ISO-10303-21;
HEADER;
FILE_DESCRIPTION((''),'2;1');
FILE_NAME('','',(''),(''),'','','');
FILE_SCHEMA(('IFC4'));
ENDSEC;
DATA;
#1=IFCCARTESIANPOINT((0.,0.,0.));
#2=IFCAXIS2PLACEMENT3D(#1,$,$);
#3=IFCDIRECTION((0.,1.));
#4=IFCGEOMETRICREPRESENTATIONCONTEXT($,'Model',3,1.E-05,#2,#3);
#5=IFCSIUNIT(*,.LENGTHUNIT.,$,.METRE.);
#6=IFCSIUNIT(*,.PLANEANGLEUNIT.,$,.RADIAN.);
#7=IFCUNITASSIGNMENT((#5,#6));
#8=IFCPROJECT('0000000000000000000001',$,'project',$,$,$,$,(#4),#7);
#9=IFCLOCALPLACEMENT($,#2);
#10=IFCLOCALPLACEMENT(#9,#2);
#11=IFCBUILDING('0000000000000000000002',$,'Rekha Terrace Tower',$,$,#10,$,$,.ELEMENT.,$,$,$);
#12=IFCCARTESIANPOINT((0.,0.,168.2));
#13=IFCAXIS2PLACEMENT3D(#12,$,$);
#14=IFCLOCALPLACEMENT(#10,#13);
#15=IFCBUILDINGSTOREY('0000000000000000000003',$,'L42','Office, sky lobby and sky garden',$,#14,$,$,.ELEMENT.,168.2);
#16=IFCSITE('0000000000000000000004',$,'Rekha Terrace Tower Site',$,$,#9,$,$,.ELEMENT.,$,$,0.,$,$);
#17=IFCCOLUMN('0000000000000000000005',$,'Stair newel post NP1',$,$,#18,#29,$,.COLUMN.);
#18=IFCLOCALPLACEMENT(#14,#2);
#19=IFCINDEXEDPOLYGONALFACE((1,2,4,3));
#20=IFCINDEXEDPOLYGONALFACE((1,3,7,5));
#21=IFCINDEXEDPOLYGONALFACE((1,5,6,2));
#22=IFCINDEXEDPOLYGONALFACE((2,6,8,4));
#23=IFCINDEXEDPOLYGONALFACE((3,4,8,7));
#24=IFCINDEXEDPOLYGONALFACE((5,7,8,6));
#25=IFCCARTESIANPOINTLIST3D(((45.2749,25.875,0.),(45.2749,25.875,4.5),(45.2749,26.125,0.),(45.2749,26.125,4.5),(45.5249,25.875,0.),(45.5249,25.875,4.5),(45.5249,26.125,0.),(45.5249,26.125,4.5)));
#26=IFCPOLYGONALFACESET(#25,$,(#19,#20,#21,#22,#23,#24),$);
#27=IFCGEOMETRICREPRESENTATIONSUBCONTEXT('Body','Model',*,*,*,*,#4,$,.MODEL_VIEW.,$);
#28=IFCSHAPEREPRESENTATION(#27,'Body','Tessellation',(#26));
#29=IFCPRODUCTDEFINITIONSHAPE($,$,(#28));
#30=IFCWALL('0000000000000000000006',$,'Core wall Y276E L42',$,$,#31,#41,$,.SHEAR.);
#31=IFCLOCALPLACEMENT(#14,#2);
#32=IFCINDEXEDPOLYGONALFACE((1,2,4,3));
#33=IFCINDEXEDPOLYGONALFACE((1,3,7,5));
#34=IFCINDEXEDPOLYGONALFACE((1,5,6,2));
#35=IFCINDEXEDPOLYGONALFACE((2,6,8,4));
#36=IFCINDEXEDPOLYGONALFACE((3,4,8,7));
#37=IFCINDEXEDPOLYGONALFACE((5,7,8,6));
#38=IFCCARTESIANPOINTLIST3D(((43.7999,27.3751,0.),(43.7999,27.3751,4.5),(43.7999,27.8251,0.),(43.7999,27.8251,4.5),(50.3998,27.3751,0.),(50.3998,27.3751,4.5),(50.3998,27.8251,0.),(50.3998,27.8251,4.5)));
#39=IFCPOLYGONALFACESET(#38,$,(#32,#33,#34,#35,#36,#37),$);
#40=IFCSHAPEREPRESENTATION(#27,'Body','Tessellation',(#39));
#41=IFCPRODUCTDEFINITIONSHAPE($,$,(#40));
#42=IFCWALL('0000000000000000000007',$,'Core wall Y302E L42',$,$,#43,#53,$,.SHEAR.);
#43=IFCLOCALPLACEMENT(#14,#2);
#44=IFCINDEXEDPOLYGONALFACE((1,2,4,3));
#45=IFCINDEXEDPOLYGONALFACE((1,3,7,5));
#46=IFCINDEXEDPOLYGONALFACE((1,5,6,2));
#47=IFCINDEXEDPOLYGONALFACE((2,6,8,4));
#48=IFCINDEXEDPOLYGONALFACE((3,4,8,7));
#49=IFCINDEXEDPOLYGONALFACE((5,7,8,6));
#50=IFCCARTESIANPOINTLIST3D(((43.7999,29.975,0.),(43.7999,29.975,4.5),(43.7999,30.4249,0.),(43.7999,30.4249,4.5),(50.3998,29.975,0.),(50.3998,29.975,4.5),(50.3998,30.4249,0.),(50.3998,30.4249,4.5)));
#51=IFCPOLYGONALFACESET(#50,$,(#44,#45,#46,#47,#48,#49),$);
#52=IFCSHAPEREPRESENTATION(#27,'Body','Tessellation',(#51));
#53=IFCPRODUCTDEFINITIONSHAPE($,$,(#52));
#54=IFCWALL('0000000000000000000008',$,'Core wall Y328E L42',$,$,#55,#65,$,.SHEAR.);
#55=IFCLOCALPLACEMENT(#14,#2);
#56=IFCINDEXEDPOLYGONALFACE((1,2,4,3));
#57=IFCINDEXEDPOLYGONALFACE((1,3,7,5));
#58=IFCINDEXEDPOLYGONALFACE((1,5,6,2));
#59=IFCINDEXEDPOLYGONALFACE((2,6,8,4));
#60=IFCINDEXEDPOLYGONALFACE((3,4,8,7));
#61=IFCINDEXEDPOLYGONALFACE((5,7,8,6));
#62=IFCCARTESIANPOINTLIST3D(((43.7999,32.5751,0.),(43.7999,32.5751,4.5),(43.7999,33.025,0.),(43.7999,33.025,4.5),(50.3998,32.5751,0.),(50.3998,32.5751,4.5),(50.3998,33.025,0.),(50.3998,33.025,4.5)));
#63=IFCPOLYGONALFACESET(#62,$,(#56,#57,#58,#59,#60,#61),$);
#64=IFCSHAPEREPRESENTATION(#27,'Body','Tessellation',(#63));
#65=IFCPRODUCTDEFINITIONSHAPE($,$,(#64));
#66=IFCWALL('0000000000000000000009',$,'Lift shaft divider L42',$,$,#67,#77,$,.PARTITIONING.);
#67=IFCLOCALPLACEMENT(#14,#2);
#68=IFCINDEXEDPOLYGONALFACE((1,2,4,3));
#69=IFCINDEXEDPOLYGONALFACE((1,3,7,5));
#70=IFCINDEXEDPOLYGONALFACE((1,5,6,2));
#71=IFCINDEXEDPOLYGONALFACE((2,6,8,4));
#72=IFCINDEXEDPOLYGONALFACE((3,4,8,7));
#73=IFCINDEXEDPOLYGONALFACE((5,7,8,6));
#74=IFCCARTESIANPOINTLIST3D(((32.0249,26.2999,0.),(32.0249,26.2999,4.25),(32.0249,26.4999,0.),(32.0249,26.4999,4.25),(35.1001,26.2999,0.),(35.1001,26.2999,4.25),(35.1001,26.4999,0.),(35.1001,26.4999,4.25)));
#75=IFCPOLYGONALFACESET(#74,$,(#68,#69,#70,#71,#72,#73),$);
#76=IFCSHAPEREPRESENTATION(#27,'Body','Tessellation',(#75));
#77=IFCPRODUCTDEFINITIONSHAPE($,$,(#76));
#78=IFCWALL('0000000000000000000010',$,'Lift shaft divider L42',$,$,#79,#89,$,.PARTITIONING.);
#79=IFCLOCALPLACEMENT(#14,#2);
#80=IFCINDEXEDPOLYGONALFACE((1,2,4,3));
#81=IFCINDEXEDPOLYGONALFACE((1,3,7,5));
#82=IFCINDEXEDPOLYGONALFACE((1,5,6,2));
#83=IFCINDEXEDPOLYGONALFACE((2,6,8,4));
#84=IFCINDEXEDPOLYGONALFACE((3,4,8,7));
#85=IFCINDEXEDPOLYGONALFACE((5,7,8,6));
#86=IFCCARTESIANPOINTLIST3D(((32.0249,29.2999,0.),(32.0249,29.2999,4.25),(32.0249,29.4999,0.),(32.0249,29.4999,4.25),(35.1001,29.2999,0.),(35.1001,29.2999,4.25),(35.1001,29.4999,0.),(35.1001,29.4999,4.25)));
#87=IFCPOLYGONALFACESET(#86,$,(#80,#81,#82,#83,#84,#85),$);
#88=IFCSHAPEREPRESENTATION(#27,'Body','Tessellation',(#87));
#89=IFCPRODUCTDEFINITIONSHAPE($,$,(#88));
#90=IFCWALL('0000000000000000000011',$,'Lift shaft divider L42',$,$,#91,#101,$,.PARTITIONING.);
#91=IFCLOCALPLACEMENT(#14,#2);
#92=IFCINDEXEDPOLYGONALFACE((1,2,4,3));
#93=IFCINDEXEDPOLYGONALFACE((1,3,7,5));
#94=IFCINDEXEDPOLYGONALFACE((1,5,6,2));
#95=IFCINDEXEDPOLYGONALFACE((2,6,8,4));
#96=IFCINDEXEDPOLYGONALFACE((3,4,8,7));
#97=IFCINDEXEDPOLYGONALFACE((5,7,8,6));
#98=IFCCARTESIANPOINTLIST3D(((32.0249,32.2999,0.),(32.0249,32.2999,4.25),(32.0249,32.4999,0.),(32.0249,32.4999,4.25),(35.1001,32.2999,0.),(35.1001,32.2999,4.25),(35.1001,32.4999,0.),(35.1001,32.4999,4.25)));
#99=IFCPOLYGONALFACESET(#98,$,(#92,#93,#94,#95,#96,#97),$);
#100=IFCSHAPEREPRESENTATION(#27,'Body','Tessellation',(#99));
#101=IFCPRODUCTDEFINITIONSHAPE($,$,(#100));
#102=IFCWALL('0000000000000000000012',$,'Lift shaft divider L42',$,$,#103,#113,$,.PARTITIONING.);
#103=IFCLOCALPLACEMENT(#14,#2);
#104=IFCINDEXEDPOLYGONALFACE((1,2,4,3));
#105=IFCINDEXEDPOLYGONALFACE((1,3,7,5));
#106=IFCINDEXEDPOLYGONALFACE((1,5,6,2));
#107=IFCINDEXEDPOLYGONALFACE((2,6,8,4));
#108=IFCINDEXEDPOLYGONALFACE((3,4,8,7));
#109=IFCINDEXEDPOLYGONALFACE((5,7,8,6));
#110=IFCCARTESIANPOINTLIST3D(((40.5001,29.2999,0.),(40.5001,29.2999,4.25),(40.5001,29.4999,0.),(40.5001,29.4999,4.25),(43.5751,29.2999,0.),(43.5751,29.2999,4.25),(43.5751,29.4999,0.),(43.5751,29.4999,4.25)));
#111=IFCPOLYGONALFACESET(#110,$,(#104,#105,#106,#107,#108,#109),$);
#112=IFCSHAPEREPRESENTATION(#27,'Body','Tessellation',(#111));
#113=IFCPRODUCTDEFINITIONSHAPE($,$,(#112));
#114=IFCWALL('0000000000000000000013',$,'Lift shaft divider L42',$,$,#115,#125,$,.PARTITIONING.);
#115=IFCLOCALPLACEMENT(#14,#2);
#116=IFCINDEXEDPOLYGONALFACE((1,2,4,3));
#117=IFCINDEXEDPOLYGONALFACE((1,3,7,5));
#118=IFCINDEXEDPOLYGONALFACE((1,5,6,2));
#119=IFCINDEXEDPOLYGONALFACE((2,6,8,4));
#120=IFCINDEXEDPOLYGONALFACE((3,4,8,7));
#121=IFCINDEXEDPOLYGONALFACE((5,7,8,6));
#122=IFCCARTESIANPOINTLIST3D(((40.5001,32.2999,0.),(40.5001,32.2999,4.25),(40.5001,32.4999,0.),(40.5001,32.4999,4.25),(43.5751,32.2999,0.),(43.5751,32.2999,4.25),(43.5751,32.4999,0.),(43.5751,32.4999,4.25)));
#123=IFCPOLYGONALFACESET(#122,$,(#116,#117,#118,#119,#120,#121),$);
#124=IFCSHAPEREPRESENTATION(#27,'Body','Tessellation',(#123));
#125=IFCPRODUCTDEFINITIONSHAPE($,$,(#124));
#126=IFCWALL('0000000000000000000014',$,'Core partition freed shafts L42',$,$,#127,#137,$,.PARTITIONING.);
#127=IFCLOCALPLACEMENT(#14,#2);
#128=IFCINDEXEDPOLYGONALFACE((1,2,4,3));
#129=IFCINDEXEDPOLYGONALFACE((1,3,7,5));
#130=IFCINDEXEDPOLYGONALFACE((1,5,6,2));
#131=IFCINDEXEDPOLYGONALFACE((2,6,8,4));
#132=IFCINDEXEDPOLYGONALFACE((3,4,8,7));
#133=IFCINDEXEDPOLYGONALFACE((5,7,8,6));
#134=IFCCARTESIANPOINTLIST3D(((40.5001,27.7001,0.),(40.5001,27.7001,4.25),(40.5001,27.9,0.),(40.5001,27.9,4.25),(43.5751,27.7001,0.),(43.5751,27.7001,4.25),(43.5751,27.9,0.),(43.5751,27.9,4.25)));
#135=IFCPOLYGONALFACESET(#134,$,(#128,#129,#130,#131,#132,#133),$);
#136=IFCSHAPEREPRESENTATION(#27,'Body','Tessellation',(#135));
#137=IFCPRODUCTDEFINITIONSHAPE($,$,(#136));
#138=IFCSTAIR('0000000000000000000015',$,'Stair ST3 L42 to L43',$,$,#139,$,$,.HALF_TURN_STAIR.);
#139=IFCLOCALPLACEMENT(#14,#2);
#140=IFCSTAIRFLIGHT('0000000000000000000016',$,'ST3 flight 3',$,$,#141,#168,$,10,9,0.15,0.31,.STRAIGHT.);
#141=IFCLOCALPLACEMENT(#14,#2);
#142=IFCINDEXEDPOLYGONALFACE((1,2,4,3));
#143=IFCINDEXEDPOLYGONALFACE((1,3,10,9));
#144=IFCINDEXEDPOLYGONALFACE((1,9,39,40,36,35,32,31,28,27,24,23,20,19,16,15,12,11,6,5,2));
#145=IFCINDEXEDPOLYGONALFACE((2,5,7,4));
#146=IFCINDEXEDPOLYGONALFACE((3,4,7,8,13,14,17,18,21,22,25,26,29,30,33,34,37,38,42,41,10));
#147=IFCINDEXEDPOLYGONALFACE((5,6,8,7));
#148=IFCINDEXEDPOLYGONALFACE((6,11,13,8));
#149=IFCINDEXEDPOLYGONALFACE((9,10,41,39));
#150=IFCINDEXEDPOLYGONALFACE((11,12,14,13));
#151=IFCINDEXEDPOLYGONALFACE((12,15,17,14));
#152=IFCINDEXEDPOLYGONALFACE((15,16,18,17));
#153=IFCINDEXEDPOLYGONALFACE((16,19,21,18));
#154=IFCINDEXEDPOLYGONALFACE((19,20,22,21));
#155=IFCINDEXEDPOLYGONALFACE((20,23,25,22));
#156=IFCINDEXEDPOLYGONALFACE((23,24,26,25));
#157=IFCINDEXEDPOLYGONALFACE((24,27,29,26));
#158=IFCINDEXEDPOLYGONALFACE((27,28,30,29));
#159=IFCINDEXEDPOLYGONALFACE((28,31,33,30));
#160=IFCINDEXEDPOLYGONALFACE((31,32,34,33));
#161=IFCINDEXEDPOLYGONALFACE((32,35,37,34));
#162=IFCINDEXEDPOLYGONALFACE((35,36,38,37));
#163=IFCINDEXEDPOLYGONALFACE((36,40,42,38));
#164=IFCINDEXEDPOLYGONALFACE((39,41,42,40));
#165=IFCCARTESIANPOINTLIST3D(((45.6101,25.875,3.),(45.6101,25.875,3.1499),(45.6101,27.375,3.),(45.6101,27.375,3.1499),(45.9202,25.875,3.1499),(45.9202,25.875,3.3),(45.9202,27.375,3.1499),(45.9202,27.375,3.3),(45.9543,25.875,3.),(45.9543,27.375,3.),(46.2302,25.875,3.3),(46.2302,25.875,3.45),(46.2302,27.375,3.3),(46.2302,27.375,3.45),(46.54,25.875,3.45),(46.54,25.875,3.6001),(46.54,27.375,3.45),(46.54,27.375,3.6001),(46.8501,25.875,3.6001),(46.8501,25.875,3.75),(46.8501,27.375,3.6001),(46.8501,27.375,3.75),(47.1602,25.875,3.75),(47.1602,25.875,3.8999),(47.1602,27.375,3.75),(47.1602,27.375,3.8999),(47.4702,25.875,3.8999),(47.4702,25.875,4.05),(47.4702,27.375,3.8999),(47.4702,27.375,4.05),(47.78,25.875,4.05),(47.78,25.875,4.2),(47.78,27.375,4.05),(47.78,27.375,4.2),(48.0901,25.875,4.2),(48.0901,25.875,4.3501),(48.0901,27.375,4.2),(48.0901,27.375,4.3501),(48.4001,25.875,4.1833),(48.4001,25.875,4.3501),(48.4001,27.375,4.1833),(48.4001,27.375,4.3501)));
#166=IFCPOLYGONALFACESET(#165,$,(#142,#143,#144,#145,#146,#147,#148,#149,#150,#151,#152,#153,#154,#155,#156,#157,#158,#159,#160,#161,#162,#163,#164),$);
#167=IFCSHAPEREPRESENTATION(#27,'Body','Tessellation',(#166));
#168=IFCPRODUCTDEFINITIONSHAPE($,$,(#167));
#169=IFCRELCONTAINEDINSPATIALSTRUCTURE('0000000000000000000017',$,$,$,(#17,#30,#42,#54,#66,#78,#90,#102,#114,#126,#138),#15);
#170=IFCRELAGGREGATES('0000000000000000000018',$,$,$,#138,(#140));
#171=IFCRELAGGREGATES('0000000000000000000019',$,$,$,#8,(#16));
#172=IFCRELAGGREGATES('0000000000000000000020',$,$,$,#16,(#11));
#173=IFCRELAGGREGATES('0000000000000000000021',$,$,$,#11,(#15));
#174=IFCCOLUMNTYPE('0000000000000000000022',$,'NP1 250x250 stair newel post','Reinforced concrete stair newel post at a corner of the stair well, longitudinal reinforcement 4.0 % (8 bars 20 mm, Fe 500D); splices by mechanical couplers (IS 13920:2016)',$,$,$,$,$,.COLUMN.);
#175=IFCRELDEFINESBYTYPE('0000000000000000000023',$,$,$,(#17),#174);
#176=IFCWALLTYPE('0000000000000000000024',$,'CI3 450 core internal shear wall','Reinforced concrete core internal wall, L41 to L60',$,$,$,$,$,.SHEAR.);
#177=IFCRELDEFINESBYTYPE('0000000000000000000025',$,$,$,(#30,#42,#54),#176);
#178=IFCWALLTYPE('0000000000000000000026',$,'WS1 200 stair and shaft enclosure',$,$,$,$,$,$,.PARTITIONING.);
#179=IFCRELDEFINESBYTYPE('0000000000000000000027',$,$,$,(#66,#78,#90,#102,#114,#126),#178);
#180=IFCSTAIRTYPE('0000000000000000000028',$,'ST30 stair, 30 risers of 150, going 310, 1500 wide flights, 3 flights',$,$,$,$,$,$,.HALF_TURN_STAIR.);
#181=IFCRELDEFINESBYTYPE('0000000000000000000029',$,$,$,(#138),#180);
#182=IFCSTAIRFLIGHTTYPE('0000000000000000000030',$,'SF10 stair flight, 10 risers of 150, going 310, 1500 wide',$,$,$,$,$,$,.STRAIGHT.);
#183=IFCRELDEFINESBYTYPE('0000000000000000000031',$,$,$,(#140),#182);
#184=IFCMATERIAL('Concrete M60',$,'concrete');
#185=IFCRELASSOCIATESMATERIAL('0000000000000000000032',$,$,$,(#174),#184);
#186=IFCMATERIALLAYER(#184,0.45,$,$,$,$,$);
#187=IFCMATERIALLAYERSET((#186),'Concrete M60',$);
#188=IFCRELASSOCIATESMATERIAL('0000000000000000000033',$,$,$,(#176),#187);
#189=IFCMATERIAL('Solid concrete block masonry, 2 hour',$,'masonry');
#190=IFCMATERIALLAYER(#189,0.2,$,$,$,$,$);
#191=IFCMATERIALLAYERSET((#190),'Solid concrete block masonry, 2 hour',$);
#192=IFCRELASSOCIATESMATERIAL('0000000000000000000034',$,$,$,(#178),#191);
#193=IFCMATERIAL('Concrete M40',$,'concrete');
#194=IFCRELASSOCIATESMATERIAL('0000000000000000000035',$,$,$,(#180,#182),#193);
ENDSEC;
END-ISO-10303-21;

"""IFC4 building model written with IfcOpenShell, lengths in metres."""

from ifc_helpers import new_model, si_unit, direction, frame, frame_2d, origin, origin_2d, place, context, subcontext, project, spatial, polyline, rectangle, outline, extrude, material, layer, layer_set, material_profile, profile_set, type_object, element, aggregate, save


model = new_model("IFC4")

# Units and contexts
model_context = context("Model", 3, precision=1e-05, world=origin(), true_north=direction((0.0, 1.0)))
body_context = subcontext(model_context, "Body", "Model", "MODEL_VIEW")
ifc_project = project(units=[si_unit("LENGTHUNIT", "METRE"), si_unit("PLANEANGLEUNIT", "RADIAN")], contexts=[model_context])

# Site, building, storey
site_placement = place(None, origin())
site = spatial("IfcSite", under=ifc_project, at=site_placement, Name="Rekha Terrace Tower Site", CompositionType="ELEMENT", RefElevation=0.0)
building_placement = place(site_placement, origin())
building = spatial("IfcBuilding", under=site, at=building_placement, Name="Rekha Terrace Tower", CompositionType="ELEMENT")
storey_placement = place(building_placement, frame((0.0, 0.0, 168.2)))
storey = spatial("IfcBuildingStorey", under=building, at=storey_placement, Name="L42", Description="Office, sky lobby and sky garden", CompositionType="ELEMENT", Elevation=168.2)

# Column
ifc_material_1 = material(Name="Concrete M60", Category="concrete")
ifc_material_profile = material_profile(ifc_material_1, rectangle(XDim=0.25, YDim=0.25, at=origin_2d()), Name="RC 250x250")
ifc_profile_set = profile_set([ifc_material_profile], Name="Concrete M60")
column_type = type_object("IfcColumnType", Name="NP1 250x250 stair newel post", Description="Reinforced concrete stair newel post at a corner of the stair well, longitudinal reinforcement 4.0 % (8 bars 20 mm, Fe 500D); splices by mechanical couplers (IS 13920:2016)", PredefinedType="COLUMN", material=ifc_profile_set)
column_placement = place(storey_placement, frame((45.3999, 26.0, 0.0), z_axis=(0.0, 0.0, 1.0), x_axis=(1.0, 0.0, 0.0)))
element("IfcColumn", 1, at=column_placement, inside=storey, type_object=column_type, Name="Stair newel post NP1", PredefinedType="COLUMN", context=body_context, shape_type="SweptSolid", body=[
    extrude(rectangle(XDim=0.25, YDim=0.25, at=origin_2d()), origin(), (0.0, 0.0, 1.0), 4.5),
])

# Walls
ifc_layer_1 = layer(ifc_material_1, 0.45)
ifc_layer_set_1 = layer_set([ifc_layer_1], Name="Concrete M60")
wall_type_1 = type_object("IfcWallType", Name="CI3 450 core internal shear wall", Description="Reinforced concrete core internal wall, L41 to L60", PredefinedType="SHEAR", material=ifc_layer_set_1)
for number, where, z_axis, x_axis, name in (
    (2, (43.8, 27.6001, 0.0), (0.0, 0.0, 1.0), (1.0, 0.0, 0.0), "Core wall Y276E L42"),
    (3, (43.8, 30.2, 0.0), (0.0, 0.0, 1.0), (1.0, 0.0, 0.0), "Core wall Y302E L42"),
    (4, (43.8, 32.8, 0.0), (0.0, 0.0, 1.0), (1.0, 0.0, 0.0), "Core wall Y328E L42"),
):
    element("IfcWall", number, at=place(storey_placement, frame(where, z_axis=z_axis, x_axis=x_axis)), inside=storey, type_object=wall_type_1, Name=name, PredefinedType="SHEAR", context=body_context, shape_type="SweptSolid", body=[
        extrude(rectangle(XDim=6.5999, YDim=0.45, at=frame_2d((3.2998, 0.0))), origin(), (0.0, 0.0, 1.0), 4.5),
    ])
ifc_material_2 = material(Name="Solid concrete block masonry, 2 hour", Category="masonry")
ifc_layer_2 = layer(ifc_material_2, 0.2)
ifc_layer_set_2 = layer_set([ifc_layer_2], Name="Solid concrete block masonry, 2 hour")
wall_type_2 = type_object("IfcWallType", Name="WS1 200 stair and shaft enclosure", PredefinedType="PARTITIONING", material=ifc_layer_set_2)
for number, where, z_axis, x_axis, name in (
    (5, (32.0249, 26.3999, 0.0), (0.0, 0.0, 1.0), (1.0, 0.0, 0.0), "Lift shaft divider L42"),
    (6, (32.0249, 29.3999, 0.0), (0.0, 0.0, 1.0), (1.0, 0.0, 0.0), "Lift shaft divider L42"),
    (7, (32.0249, 32.3999, 0.0), (0.0, 0.0, 1.0), (1.0, 0.0, 0.0), "Lift shaft divider L42"),
):
    element("IfcWall", number, at=place(storey_placement, frame(where, z_axis=z_axis, x_axis=x_axis)), inside=storey, type_object=wall_type_2, Name=name, PredefinedType="PARTITIONING", context=body_context, shape_type="SweptSolid", body=[
        extrude(rectangle(XDim=3.0752, YDim=0.2, at=frame_2d((1.5376, 0.0))), origin(), (0.0, 0.0, 1.0), 4.25),
    ])
for number, where, z_axis, x_axis, name in (
    (8, (40.5, 29.3999, 0.0), (0.0, 0.0, 1.0), (1.0, 0.0, 0.0), "Lift shaft divider L42"),
    (9, (40.5, 32.3999, 0.0), (0.0, 0.0, 1.0), (1.0, 0.0, 0.0), "Lift shaft divider L42"),
    (10, (40.5, 27.8, 0.0), (0.0, 0.0, 1.0), (1.0, 0.0, 0.0), "Core partition freed shafts L42"),
):
    element("IfcWall", number, at=place(storey_placement, frame(where, z_axis=z_axis, x_axis=x_axis)), inside=storey, type_object=wall_type_2, Name=name, PredefinedType="PARTITIONING", context=body_context, shape_type="SweptSolid", body=[
        extrude(rectangle(XDim=3.075, YDim=0.2, at=frame_2d((1.5376, 0.0))), origin(), (0.0, 0.0, 1.0), 4.25),
    ])

# Stair, stair flight
ifc_material_3 = material(Name="Concrete M40", Category="concrete")
stair_type = type_object("IfcStairType", Name="ST30 stair, 30 risers of 150, going 310, 1500 wide flights, 3 flights", PredefinedType="HALF_TURN_STAIR", material=ifc_material_3)
stair_placement = place(storey_placement, origin())
stair = element("IfcStair", 11, at=stair_placement, inside=storey, type_object=stair_type, Name="Stair ST3 L42 to L43", PredefinedType="HALF_TURN_STAIR")
stair_flight_type = type_object("IfcStairFlightType", Name="SF10 stair flight, 10 risers of 150, going 310, 1500 wide", PredefinedType="STRAIGHT", material=ifc_material_3)
stair_flight_placement = place(storey_placement, frame((45.6101, 26.625, 3.0), z_axis=(0.0, 0.0, 1.0), x_axis=(1.0, 0.0, 0.0)))
stair_flight = element("IfcStairFlight", 12, at=stair_flight_placement, type_object=stair_flight_type, Name="ST3 flight 3", NumberOfRisers=10, NumberOfTreads=9, PredefinedType="STRAIGHT", RiserHeight=0.15, TreadLength=0.31, context=body_context, shape_type="SweptSolid", body=[
    extrude(outline(polyline([(0.0, 0.0), (0.0, 0.1499), (0.3101, 0.1499), (0.3101, 0.3), (0.6201, 0.3), (0.6201, 0.45), (0.9299, 0.45), (0.9299, 0.6001), (1.24, 0.6001), (1.24, 0.75), (1.55, 0.75), (1.55, 0.8999), (1.8601, 0.8999), (1.8601, 1.05), (2.1699, 1.05), (2.1699, 1.2), (2.48, 1.2), (2.48, 1.3501), (2.79, 1.3501), (2.79, 1.5), (2.79, 1.1833), (0.3442, 0.0), (0.0, 0.0)])), frame((0.0, 0.75, 0.0), z_axis=(0.0, -1.0, 0.0), x_axis=(1.0, 0.0, 0.0)), (0.0, 0.0, 1.0), 1.5),
])
aggregate(stair, [stair_flight])

save(model, "model.ifc")
